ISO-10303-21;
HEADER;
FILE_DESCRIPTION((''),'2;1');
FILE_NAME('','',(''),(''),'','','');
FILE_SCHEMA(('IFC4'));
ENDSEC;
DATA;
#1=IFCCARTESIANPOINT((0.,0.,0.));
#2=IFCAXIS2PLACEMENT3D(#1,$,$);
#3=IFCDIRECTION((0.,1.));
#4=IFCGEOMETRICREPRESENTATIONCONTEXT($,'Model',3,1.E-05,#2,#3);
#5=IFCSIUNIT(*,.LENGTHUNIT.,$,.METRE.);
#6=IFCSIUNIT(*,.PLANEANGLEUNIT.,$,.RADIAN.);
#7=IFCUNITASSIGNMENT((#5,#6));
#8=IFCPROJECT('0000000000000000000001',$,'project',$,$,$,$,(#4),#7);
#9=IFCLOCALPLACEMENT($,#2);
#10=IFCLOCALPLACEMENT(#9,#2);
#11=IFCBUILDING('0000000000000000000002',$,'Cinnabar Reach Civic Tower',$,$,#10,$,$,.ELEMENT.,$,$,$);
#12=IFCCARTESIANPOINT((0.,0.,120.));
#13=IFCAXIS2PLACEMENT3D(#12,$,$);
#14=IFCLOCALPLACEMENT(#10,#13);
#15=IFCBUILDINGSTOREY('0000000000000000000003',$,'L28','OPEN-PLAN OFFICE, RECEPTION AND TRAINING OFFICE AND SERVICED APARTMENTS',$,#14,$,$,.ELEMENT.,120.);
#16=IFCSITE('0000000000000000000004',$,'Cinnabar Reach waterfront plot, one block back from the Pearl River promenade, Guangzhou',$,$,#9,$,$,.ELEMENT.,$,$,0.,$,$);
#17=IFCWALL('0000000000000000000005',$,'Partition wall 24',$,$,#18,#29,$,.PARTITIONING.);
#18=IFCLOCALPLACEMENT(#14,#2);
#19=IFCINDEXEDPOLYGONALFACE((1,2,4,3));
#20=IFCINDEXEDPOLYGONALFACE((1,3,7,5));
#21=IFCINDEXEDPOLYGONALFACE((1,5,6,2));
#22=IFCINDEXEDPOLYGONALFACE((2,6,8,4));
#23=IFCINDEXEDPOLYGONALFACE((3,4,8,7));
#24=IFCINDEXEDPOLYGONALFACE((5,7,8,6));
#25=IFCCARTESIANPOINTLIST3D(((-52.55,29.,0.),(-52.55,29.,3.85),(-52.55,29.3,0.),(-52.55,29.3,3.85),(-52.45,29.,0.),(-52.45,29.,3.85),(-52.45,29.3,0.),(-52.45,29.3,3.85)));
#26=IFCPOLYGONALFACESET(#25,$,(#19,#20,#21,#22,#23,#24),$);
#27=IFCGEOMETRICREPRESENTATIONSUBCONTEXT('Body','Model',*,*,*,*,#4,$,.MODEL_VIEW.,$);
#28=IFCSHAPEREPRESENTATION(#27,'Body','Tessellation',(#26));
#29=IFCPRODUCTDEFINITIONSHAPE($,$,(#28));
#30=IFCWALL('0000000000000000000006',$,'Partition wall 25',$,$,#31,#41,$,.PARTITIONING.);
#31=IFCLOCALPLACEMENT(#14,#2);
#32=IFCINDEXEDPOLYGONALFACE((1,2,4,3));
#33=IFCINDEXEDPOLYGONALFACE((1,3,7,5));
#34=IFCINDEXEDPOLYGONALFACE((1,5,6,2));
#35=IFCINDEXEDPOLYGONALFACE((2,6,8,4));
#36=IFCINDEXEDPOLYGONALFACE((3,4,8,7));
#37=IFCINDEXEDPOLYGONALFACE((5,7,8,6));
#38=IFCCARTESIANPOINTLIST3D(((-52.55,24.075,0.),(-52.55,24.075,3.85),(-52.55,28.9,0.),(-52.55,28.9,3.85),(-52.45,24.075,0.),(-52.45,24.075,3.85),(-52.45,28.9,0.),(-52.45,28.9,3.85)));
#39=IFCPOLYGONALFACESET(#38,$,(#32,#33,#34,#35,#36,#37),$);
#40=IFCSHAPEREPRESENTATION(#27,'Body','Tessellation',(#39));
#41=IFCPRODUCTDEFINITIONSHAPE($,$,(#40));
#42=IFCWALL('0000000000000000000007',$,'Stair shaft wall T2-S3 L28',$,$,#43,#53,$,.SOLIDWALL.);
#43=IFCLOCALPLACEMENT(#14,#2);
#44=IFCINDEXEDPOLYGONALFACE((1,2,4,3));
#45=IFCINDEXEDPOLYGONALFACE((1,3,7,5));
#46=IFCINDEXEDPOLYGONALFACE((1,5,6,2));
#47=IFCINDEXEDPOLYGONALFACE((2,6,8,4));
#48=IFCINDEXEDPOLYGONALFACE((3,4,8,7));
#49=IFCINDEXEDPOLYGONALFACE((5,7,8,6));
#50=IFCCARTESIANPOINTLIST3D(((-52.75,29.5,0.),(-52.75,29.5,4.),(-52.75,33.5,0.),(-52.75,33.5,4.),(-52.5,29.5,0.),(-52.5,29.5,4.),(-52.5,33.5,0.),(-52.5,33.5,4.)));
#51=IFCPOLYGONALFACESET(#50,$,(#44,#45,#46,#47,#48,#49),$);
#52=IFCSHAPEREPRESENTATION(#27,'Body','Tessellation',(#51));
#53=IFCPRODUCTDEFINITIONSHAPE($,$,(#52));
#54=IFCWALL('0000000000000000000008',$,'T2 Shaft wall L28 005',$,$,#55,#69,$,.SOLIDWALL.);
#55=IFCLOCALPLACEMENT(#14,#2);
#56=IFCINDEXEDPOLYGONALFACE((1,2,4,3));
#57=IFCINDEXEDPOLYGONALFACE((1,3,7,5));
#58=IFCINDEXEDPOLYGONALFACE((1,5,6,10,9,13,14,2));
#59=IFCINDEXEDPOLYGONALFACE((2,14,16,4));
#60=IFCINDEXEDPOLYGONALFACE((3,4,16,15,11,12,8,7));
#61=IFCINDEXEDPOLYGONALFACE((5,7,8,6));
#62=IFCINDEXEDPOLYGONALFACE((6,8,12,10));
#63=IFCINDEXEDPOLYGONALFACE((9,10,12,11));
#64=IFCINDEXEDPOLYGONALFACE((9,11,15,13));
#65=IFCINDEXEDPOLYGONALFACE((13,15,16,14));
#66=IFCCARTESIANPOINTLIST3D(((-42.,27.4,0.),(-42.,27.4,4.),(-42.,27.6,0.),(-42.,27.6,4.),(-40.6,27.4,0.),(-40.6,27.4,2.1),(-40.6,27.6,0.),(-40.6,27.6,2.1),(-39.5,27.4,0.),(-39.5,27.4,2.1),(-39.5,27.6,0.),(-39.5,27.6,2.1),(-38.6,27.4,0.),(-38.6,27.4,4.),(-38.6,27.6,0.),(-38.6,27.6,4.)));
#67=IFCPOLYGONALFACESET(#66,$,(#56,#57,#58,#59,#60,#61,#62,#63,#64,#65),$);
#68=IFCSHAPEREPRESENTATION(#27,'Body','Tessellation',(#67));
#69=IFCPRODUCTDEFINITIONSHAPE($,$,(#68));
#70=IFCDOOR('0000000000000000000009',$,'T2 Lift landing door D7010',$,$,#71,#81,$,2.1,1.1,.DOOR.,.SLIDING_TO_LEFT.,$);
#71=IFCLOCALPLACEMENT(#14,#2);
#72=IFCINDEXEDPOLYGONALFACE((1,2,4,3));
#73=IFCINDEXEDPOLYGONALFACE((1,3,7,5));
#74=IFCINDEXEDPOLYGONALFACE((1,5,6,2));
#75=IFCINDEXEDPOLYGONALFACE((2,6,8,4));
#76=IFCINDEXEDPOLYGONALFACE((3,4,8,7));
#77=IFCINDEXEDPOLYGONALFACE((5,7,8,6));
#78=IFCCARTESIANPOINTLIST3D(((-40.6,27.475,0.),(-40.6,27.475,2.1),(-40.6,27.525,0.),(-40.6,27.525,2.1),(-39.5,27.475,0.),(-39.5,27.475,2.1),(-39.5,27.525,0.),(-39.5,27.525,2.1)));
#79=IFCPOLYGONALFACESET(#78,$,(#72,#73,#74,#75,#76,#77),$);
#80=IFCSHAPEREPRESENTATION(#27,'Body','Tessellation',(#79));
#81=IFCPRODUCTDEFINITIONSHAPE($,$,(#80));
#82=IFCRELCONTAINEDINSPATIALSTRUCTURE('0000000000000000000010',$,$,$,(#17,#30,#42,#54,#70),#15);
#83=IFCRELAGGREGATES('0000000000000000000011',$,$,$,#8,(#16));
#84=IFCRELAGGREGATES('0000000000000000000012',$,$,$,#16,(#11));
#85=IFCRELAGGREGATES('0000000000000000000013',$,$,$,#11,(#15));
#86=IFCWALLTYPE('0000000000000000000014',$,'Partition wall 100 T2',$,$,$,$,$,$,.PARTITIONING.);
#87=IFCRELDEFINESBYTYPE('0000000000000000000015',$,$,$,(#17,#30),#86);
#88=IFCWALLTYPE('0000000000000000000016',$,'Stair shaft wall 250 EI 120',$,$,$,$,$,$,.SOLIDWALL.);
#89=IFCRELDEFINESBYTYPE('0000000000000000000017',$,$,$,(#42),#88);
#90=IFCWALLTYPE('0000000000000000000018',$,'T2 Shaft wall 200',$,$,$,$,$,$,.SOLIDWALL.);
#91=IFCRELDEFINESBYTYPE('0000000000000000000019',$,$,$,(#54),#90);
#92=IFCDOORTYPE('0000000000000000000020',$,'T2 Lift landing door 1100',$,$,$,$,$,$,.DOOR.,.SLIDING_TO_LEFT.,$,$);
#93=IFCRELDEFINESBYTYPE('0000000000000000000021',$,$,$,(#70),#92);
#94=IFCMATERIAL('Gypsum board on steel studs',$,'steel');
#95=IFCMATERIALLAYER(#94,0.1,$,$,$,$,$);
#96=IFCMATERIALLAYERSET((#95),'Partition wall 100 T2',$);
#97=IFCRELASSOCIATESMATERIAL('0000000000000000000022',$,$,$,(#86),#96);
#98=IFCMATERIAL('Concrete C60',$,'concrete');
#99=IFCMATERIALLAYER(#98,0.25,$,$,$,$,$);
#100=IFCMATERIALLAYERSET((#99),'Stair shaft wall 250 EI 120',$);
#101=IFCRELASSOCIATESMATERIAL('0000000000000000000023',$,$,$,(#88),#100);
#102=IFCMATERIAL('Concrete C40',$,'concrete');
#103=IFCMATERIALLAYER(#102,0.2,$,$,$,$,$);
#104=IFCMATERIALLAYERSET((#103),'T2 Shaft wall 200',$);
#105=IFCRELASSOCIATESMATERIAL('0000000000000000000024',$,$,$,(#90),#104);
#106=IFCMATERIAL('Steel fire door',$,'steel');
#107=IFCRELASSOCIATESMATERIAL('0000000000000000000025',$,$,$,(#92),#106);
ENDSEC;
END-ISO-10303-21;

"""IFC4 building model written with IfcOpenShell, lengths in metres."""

from ifc_helpers import new_model, si_unit, direction, frame, frame_2d, origin, place, context, subcontext, project, spatial, rectangle, extrude, material, layer, layer_set, type_object, element, fill, save


model = new_model("IFC4")

# Units and contexts
model_context = context("Model", 3, precision=1e-05, world=origin(), true_north=direction((0.0, 1.0)))
body_context = subcontext(model_context, "Body", "Model", "MODEL_VIEW")
ifc_project = project(units=[si_unit("LENGTHUNIT", "METRE"), si_unit("PLANEANGLEUNIT", "RADIAN")], contexts=[model_context])

# Site, building, storey
site_placement = place(None, origin())
site = spatial("IfcSite", under=ifc_project, at=site_placement, Name="Cinnabar Reach waterfront plot, one block back from the Pearl River promenade, Guangzhou", CompositionType="ELEMENT", RefElevation=0.0)
building_placement = place(site_placement, origin())
building = spatial("IfcBuilding", under=site, at=building_placement, Name="Cinnabar Reach Civic Tower", CompositionType="ELEMENT")
storey_placement = place(building_placement, frame((0.0, 0.0, 120.0)))
storey = spatial("IfcBuildingStorey", under=building, at=storey_placement, Name="L28", Description="OPEN-PLAN OFFICE, RECEPTION AND TRAINING OFFICE AND SERVICED APARTMENTS", CompositionType="ELEMENT", Elevation=120.0)

# Shared definitions
ifc_material_1 = material(Name="Concrete C60", Category="concrete")

# Shared definitions
ifc_material_2 = material(Name="Steel fire door", Category="steel")

# Walls
ifc_material_3 = material(Name="Gypsum board on steel studs", Category="steel")
ifc_layer_1 = layer(ifc_material_3, 0.1)
ifc_layer_set_1 = layer_set([ifc_layer_1], Name="Partition wall 100 T2")
wall_type_1 = type_object("IfcWallType", Name="Partition wall 100 T2", PredefinedType="PARTITIONING", material=ifc_layer_set_1)
wall_1_placement = place(storey_placement, frame((-52.5, 29.0, 0.0), z_axis=(0.0, 0.0, 1.0), x_axis=(0.0, 1.0, 0.0)))
element("IfcWall", 1, at=wall_1_placement, inside=storey, type_object=wall_type_1, Name="Partition wall 24", PredefinedType="PARTITIONING", context=body_context, shape_type="SweptSolid", body=[
    extrude(rectangle(XDim=0.3, YDim=0.1, at=frame_2d((0.15, 0.0))), origin(), (0.0, 0.0, 1.0), 3.85),
])
wall_2_placement = place(storey_placement, frame((-52.5, 24.075, 0.0), z_axis=(0.0, 0.0, 1.0), x_axis=(0.0, 1.0, 0.0)))
element("IfcWall", 2, at=wall_2_placement, inside=storey, type_object=wall_type_1, Name="Partition wall 25", PredefinedType="PARTITIONING", context=body_context, shape_type="SweptSolid", body=[
    extrude(rectangle(XDim=4.825, YDim=0.1, at=frame_2d((2.4125, 0.0))), origin(), (0.0, 0.0, 1.0), 3.85),
])
ifc_layer_2 = layer(ifc_material_1, 0.25)
ifc_layer_set_2 = layer_set([ifc_layer_2], Name="Stair shaft wall 250 EI 120")
wall_type_2 = type_object("IfcWallType", Name="Stair shaft wall 250 EI 120", PredefinedType="SOLIDWALL", material=ifc_layer_set_2)
wall_3_placement = place(storey_placement, frame((-52.625, 29.5, 0.0), z_axis=(0.0, 0.0, 1.0), x_axis=(0.0, 1.0, 0.0)))
element("IfcWall", 3, at=wall_3_placement, inside=storey, type_object=wall_type_2, Name="Stair shaft wall T2-S3 L28", PredefinedType="SOLIDWALL", context=body_context, shape_type="SweptSolid", body=[
    extrude(rectangle(XDim=4.0, YDim=0.25, at=frame_2d((2.0, 0.0))), origin(), (0.0, 0.0, 1.0), 4.0),
])

# Wall, opening, door
ifc_material_4 = material(Name="Concrete C40", Category="concrete")
ifc_layer_3 = layer(ifc_material_4, 0.2)
ifc_layer_set_3 = layer_set([ifc_layer_3], Name="T2 Shaft wall 200")
wall_type_3 = type_object("IfcWallType", Name="T2 Shaft wall 200", PredefinedType="SOLIDWALL", material=ifc_layer_set_3)
wall_4_placement = place(storey_placement, frame((-42.0, 27.5, 0.0), z_axis=(0.0, 0.0, 1.0), x_axis=(1.0, 0.0, 0.0)))
wall_4 = element("IfcWall", 4, at=wall_4_placement, inside=storey, type_object=wall_type_3, Name="T2 Shaft wall L28 005", PredefinedType="SOLIDWALL", context=body_context, shape_type="SweptSolid", body=[
    extrude(rectangle(XDim=3.4, YDim=0.2, at=frame_2d((1.7, 0.0))), origin(), (0.0, 0.0, 1.0), 4.0),
])
opening_1_placement = place(wall_4_placement, frame((1.4, 0.0, 0.0)))
opening_1 = element("IfcOpeningElement", 5, at=opening_1_placement, cuts=wall_4, PredefinedType="OPENING", context=body_context, shape_type="SweptSolid", body=[
    extrude(rectangle(XDim=1.1, YDim=2.1, at=frame_2d((0.55, 1.05))), frame((0.0, 0.11, 0.0), z_axis=(0.0, -1.0, 0.0), x_axis=(1.0, 0.0, 0.0)), (0.0, 0.0, 1.0), 0.22),
])
door_type_1 = type_object("IfcDoorType", Name="T2 Lift landing door 1100", OperationType="SLIDING_TO_LEFT", PredefinedType="DOOR", material=ifc_material_2)
door_1_placement = place(opening_1_placement, origin())
door_1 = element("IfcDoor", 6, at=door_1_placement, inside=storey, type_object=door_type_1, Name="T2 Lift landing door D7010", OperationType="SLIDING_TO_LEFT", OverallHeight=2.1, OverallWidth=1.1, PredefinedType="DOOR", context=body_context, shape_type="SweptSolid", body=[
    extrude(rectangle(XDim=1.1, YDim=2.1, at=frame_2d((0.55, 1.05))), frame((0.0, 0.025, 0.0), z_axis=(0.0, -1.0, 0.0), x_axis=(1.0, 0.0, 0.0)), (0.0, 0.0, 1.0), 0.05),
])
fill(opening_1, door_1)

save(model, "model.ifc")
